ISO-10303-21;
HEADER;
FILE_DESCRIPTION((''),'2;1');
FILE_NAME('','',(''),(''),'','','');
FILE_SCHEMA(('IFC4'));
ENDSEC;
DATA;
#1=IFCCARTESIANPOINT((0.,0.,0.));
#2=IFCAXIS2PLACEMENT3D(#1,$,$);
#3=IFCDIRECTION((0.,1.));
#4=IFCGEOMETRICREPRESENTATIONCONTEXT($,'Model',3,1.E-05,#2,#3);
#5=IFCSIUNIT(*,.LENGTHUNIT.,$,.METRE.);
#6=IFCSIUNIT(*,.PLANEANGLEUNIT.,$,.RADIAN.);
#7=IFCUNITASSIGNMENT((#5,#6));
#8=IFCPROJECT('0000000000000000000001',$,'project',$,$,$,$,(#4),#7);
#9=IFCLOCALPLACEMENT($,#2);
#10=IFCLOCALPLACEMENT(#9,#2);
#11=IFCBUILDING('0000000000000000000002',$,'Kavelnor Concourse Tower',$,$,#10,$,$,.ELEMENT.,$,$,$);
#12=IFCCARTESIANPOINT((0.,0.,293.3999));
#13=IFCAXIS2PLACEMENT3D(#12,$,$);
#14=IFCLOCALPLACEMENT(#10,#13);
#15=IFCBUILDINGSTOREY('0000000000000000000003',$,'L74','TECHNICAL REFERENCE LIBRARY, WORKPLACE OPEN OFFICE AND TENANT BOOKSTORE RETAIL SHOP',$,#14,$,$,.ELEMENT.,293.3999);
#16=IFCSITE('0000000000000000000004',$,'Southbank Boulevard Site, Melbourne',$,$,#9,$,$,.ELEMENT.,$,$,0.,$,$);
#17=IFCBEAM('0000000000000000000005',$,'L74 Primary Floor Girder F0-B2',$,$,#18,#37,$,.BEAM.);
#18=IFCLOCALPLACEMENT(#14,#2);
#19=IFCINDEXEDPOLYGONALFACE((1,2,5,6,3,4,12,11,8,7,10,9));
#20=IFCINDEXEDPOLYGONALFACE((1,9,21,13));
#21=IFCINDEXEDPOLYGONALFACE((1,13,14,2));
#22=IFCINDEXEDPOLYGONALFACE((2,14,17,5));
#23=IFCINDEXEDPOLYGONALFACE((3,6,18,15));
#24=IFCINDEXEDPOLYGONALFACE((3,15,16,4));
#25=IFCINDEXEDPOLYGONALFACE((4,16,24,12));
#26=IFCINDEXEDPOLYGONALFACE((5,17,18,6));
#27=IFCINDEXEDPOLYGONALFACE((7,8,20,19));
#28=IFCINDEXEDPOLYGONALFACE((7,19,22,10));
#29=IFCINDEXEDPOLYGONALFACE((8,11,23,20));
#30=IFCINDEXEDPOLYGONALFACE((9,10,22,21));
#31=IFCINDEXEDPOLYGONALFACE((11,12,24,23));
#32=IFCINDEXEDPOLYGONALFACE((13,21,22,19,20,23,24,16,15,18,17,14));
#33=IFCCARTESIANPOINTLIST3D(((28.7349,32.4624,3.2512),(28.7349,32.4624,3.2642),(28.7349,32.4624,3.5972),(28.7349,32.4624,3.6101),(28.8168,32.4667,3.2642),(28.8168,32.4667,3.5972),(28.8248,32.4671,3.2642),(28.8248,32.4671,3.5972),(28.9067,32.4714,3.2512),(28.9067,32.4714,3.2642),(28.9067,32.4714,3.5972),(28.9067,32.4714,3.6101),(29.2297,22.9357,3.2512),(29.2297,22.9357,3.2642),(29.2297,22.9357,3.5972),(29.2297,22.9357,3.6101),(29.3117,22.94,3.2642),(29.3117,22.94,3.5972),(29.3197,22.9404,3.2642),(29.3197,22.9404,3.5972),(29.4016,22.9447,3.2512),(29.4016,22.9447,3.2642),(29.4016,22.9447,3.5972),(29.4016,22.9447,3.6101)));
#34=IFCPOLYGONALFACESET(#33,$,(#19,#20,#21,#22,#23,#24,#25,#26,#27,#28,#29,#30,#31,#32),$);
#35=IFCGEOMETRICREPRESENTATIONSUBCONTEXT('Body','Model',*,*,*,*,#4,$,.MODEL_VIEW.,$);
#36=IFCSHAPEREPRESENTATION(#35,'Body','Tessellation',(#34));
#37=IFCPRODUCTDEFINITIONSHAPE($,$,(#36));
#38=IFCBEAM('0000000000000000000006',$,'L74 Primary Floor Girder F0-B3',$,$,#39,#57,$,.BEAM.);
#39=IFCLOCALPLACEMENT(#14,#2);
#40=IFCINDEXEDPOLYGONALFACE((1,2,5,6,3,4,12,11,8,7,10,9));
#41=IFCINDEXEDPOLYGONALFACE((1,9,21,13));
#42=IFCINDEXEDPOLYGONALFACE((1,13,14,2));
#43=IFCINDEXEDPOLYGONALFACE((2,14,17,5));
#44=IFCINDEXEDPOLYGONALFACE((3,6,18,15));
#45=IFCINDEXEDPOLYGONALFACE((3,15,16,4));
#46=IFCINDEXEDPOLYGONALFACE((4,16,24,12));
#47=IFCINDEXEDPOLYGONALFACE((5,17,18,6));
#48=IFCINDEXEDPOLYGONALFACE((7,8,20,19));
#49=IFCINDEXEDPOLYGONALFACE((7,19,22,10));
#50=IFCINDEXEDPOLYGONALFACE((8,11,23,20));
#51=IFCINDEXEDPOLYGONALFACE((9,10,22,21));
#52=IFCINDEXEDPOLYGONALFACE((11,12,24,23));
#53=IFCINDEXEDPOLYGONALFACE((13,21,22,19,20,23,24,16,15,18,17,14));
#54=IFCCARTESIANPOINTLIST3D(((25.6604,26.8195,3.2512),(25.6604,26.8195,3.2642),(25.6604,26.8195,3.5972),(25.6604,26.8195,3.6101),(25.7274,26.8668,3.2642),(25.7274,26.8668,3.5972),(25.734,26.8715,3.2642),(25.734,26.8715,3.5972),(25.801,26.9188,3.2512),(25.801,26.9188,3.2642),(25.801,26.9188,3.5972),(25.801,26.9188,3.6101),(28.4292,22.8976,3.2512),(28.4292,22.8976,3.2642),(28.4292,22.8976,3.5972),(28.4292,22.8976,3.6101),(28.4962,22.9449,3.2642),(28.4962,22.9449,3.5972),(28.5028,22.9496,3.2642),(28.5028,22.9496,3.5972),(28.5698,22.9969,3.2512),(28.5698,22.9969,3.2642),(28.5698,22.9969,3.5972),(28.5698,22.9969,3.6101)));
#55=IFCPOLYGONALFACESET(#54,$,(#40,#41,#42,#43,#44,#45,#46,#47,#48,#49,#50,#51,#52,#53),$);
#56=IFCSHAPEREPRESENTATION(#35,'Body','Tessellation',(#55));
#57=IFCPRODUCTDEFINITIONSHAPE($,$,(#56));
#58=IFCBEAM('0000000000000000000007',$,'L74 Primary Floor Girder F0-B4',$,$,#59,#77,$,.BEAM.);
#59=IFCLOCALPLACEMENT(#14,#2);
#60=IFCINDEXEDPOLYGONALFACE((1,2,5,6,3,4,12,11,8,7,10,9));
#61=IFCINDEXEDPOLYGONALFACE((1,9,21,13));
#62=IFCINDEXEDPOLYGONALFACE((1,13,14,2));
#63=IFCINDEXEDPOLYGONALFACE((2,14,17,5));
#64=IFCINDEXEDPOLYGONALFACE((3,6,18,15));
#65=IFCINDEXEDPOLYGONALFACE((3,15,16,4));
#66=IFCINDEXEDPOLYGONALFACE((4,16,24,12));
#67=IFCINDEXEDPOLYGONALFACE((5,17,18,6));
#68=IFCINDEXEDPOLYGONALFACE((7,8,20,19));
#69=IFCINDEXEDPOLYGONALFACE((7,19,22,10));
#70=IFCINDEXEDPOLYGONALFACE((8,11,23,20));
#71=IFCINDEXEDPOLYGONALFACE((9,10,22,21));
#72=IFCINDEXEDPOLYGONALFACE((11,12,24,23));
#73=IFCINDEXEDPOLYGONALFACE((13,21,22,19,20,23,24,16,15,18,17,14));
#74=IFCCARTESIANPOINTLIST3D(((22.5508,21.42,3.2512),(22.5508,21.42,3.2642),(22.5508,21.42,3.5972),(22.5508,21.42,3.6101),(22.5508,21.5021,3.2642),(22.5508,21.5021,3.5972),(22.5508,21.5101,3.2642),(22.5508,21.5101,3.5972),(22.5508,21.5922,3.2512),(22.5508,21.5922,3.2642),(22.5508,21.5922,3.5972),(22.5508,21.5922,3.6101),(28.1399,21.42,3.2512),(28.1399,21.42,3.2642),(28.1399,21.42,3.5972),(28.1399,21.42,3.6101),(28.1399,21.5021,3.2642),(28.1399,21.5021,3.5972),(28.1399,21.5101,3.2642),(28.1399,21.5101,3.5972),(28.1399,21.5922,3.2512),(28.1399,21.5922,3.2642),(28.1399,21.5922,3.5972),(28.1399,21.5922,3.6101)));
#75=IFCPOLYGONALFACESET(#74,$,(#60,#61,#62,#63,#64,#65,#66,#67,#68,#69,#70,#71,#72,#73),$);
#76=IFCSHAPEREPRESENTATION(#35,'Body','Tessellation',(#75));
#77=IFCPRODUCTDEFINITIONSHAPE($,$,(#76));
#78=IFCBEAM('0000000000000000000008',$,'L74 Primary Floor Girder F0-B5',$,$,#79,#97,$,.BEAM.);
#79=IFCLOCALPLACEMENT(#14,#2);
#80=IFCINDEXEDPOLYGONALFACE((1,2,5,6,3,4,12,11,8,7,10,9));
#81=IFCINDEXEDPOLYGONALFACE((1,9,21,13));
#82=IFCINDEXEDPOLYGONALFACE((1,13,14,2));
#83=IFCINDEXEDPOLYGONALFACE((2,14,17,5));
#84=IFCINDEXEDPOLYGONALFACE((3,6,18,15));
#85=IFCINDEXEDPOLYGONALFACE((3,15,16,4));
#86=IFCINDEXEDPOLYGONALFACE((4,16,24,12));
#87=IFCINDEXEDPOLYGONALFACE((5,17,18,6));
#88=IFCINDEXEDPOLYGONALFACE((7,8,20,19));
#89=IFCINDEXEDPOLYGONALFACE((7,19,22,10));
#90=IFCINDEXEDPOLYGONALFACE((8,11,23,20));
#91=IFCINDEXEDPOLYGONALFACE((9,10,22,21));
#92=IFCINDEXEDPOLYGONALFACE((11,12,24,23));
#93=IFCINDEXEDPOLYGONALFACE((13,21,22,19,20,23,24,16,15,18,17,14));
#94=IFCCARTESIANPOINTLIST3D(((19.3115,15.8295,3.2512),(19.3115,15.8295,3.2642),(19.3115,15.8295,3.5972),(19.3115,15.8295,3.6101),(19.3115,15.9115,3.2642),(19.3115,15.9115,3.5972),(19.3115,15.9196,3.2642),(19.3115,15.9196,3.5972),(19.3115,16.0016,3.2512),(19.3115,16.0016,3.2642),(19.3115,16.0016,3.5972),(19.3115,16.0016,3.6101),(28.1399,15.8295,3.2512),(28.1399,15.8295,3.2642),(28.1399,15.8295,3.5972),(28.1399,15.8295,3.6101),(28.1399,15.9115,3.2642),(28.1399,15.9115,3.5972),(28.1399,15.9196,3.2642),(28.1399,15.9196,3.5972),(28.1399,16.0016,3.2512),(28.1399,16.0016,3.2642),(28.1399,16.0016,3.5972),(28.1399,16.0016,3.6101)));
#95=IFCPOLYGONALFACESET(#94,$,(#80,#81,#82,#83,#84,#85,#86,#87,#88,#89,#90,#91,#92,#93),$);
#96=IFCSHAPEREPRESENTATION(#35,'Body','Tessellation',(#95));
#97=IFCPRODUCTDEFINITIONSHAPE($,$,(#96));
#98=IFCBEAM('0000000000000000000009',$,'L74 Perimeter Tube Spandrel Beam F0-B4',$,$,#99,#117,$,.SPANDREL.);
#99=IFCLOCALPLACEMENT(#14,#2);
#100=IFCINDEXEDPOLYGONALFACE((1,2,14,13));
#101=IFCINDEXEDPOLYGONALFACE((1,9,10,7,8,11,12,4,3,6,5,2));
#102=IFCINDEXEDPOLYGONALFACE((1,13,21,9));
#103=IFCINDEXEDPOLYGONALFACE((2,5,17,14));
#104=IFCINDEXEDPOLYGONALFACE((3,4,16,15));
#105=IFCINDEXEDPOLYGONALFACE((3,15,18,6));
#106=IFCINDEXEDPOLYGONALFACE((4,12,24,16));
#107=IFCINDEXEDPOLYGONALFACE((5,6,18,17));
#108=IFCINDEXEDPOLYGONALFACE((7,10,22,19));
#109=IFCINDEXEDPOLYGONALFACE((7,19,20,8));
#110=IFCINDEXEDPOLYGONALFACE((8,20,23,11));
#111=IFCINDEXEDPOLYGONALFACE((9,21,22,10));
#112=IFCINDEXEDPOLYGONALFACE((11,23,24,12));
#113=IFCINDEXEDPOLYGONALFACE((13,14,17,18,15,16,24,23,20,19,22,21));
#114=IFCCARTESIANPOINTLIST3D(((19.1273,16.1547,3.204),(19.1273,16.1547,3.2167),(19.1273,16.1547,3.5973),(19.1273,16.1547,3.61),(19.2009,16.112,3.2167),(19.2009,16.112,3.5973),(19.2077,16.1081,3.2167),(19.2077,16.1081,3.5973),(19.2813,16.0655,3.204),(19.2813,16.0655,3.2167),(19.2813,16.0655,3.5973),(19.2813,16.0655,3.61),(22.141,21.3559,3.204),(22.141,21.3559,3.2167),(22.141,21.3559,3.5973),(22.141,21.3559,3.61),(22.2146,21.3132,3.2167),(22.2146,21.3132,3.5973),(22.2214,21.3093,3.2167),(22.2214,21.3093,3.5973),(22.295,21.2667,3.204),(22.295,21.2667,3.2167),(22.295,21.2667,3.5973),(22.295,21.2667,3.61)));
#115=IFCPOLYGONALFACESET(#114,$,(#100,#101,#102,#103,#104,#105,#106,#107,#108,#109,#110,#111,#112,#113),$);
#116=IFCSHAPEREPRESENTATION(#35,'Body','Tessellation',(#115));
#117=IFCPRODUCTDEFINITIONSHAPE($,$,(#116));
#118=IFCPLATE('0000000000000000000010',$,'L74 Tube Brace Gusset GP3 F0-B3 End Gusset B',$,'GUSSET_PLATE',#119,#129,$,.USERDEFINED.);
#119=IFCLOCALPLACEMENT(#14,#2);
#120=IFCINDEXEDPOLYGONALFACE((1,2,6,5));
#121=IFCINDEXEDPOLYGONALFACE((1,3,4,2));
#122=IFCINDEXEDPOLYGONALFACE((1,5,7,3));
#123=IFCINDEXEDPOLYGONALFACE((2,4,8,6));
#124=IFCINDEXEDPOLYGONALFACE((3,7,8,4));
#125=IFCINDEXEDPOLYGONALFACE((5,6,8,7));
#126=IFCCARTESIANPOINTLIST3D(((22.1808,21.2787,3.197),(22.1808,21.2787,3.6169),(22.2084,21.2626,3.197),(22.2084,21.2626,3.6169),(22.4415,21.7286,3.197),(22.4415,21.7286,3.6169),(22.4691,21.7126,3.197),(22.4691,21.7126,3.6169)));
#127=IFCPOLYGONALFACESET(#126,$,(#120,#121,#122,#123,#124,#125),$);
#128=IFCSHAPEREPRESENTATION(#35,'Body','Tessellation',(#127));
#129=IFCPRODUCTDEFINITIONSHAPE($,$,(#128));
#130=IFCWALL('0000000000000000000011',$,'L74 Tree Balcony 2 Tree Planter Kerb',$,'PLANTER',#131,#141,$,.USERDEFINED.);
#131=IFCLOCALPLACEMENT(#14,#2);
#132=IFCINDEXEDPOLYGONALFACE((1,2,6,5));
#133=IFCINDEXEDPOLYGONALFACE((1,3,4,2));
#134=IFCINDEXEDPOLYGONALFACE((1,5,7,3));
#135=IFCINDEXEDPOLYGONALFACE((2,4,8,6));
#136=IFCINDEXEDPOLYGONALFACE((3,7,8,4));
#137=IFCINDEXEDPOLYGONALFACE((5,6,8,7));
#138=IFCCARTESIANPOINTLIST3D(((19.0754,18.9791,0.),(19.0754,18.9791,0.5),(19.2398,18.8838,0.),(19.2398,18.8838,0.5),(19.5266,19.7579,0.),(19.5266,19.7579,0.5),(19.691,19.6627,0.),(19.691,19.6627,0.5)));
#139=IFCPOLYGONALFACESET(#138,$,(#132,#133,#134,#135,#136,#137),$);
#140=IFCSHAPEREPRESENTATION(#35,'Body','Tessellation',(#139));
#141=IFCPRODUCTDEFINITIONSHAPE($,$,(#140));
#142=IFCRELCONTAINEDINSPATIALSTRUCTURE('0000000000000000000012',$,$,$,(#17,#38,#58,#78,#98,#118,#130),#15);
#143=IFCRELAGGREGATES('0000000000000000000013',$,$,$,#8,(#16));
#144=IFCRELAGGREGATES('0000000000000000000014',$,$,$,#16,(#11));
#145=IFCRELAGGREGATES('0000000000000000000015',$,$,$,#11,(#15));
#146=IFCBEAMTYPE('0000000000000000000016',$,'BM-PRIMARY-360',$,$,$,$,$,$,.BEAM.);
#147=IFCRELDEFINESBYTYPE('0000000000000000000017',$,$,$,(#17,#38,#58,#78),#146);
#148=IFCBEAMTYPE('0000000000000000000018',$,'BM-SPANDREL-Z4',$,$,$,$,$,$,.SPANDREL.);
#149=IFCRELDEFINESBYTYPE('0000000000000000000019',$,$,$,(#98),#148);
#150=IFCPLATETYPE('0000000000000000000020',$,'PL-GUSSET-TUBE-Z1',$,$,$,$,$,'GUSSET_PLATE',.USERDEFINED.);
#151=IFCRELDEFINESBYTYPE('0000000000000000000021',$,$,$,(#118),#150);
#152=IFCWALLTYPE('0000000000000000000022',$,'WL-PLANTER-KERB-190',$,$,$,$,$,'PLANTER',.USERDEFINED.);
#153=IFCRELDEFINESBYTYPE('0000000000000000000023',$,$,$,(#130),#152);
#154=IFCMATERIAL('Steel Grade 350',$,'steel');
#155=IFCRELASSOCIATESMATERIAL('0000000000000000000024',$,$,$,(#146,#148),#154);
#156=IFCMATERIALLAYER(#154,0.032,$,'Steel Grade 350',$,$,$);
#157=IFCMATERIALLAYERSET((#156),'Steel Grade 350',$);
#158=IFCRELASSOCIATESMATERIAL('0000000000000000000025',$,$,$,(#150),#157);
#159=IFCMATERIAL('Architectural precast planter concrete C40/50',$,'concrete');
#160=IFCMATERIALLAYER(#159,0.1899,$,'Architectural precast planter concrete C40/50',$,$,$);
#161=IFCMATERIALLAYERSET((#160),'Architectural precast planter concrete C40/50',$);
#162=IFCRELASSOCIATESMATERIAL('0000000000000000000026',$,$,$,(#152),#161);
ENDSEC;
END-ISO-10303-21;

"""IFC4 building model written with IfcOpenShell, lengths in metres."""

from ifc_helpers import new_model, si_unit, direction, frame, frame_2d, origin, origin_2d, place, context, subcontext, project, spatial, rectangle, i_section, extrude, material, layer, layer_set, material_profile, profile_set, type_object, element, save


model = new_model("IFC4")

# Units and contexts
model_context = context("Model", 3, precision=1e-05, world=origin(), true_north=direction((0.0, 1.0)))
body_context = subcontext(model_context, "Body", "Model", "MODEL_VIEW")
ifc_project = project(units=[si_unit("LENGTHUNIT", "METRE"), si_unit("PLANEANGLEUNIT", "RADIAN")], contexts=[model_context])

# Site, building, storey
site_placement = place(None, origin())
site = spatial("IfcSite", under=ifc_project, at=site_placement, Name="Southbank Boulevard Site, Melbourne", CompositionType="ELEMENT", RefElevation=0.0)
building_placement = place(site_placement, origin())
building = spatial("IfcBuilding", under=site, at=building_placement, Name="Kavelnor Concourse Tower", CompositionType="ELEMENT")
storey_placement = place(building_placement, frame((0.0, 0.0, 293.3999)))
storey = spatial("IfcBuildingStorey", under=building, at=storey_placement, Name="L74", Description="TECHNICAL REFERENCE LIBRARY, WORKPLACE OPEN OFFICE AND TENANT BOOKSTORE RETAIL SHOP", CompositionType="ELEMENT", Elevation=293.3999)

# Shared definitions
ifc_material_1 = material(Name="Steel Grade 350", Category="steel")

# Beams
ifc_material_profile_1 = material_profile(ifc_material_1, i_section(OverallWidth=0.1721, OverallDepth=0.3589, WebThickness=0.0081, FlangeThickness=0.0129, at=origin_2d()), Name="360UB56")
ifc_profile_set_1 = profile_set([ifc_material_profile_1], Name="Steel Grade 350")
beam_type_1 = type_object("IfcBeamType", Name="BM-PRIMARY-360", PredefinedType="BEAM", material=ifc_profile_set_1)
beam_1_placement = place(storey_placement, frame((29.3157, 22.9402, 3.4307), z_axis=(-0.051876, 0.998654, 0.0), x_axis=(-0.998654, -0.051876, 0.0)))
element("IfcBeam", 1, at=beam_1_placement, inside=storey, type_object=beam_type_1, Name="L74 Primary Floor Girder F0-B2", PredefinedType="BEAM", context=body_context, shape_type="SweptSolid", body=[
    extrude(i_section(OverallWidth=0.1721, OverallDepth=0.3589, WebThickness=0.0081, FlangeThickness=0.0129, at=origin_2d()), origin(), (0.0, 0.0, 1.0), 9.5396),
])
beam_2_placement = place(storey_placement, frame((28.4995, 22.9473, 3.4307), z_axis=(-0.576741, 0.816927, 0.0), x_axis=(-0.816927, -0.576741, 0.0)))
element("IfcBeam", 2, at=beam_2_placement, inside=storey, type_object=beam_type_1, Name="L74 Primary Floor Girder F0-B3", PredefinedType="BEAM", context=body_context, shape_type="SweptSolid", body=[
    extrude(i_section(OverallWidth=0.1721, OverallDepth=0.3589, WebThickness=0.0081, FlangeThickness=0.0129, at=origin_2d()), origin(), (0.0, 0.0, 1.0), 4.8008),
])
beam_3_placement = place(storey_placement, frame((28.1399, 21.5061, 3.4307), z_axis=(-1.0, 0.0, 0.0), x_axis=(0.0, -1.0, 0.0)))
element("IfcBeam", 3, at=beam_3_placement, inside=storey, type_object=beam_type_1, Name="L74 Primary Floor Girder F0-B4", PredefinedType="BEAM", context=body_context, shape_type="SweptSolid", body=[
    extrude(i_section(OverallWidth=0.1721, OverallDepth=0.3589, WebThickness=0.0081, FlangeThickness=0.0129, at=origin_2d()), origin(), (0.0, 0.0, 1.0), 5.5891),
])
beam_4_placement = place(storey_placement, frame((28.1399, 15.9155, 3.4307), z_axis=(-1.0, 0.0, 0.0), x_axis=(0.0, -1.0, 0.0)))
element("IfcBeam", 4, at=beam_4_placement, inside=storey, type_object=beam_type_1, Name="L74 Primary Floor Girder F0-B5", PredefinedType="BEAM", context=body_context, shape_type="SweptSolid", body=[
    extrude(i_section(OverallWidth=0.1721, OverallDepth=0.3589, WebThickness=0.0081, FlangeThickness=0.0129, at=origin_2d()), origin(), (0.0, 0.0, 1.0), 8.8284),
])
ifc_material_profile_2 = material_profile(ifc_material_1, i_section(OverallWidth=0.178, OverallDepth=0.406, WebThickness=0.0078, FlangeThickness=0.0127, at=origin_2d()), Name="410UB59")
ifc_profile_set_2 = profile_set([ifc_material_profile_2], Name="Steel Grade 350")
beam_type_2 = type_object("IfcBeamType", Name="BM-SPANDREL-Z4", PredefinedType="SPANDREL", material=ifc_profile_set_2)
beam_5_placement = place(storey_placement, frame((22.218, 21.3113, 3.407), z_axis=(-0.501344, -0.865248, 0.0), x_axis=(0.865248, -0.501344, 0.0)))
element("IfcBeam", 5, at=beam_5_placement, inside=storey, type_object=beam_type_2, Name="L74 Perimeter Tube Spandrel Beam F0-B4", PredefinedType="SPANDREL", context=body_context, shape_type="SweptSolid", body=[
    extrude(i_section(OverallWidth=0.178, OverallDepth=0.406, WebThickness=0.0078, FlangeThickness=0.0127, at=origin_2d()), origin(), (0.0, 0.0, 1.0), 6.0112),
])

# Plate
ifc_layer_1 = layer(ifc_material_1, 0.032, Name="Steel Grade 350")
ifc_layer_set_1 = layer_set([ifc_layer_1], Name="Steel Grade 350")
plate_type = type_object("IfcPlateType", Name="PL-GUSSET-TUBE-Z1", ElementType="GUSSET_PLATE", PredefinedType="USERDEFINED", material=ifc_layer_set_1)
plate_placement = place(storey_placement, frame((22.325, 21.4956, 3.197), z_axis=(0.0, 0.0, 1.0), x_axis=(-0.50136, -0.865239, 0.0)))
element("IfcPlate", 6, at=plate_placement, inside=storey, type_object=plate_type, Name="L74 Tube Brace Gusset GP3 F0-B3 End Gusset B", ObjectType="GUSSET_PLATE", PredefinedType="USERDEFINED", context=body_context, shape_type="SweptSolid", body=[
    extrude(rectangle(XDim=0.52, YDim=0.032, at=origin_2d()), origin(), (0.0, 0.0, 1.0), 0.4199),
])

# Wall
ifc_material_2 = material(Name="Architectural precast planter concrete C40/50", Category="concrete")
ifc_layer_2 = layer(ifc_material_2, 0.1899, Name="Architectural precast planter concrete C40/50")
ifc_layer_set_2 = layer_set([ifc_layer_2], Name="Architectural precast planter concrete C40/50")
wall_type_1 = type_object("IfcWallType", Name="WL-PLANTER-KERB-190", ElementType="PLANTER", PredefinedType="USERDEFINED", material=ifc_layer_set_2)
wall_1_placement = place(storey_placement, frame((19.6089, 19.7104, 0.0), z_axis=(0.0, 0.0, 1.0), x_axis=(-0.501271, -0.86529, 0.0)))
element("IfcWall", 7, at=wall_1_placement, inside=storey, type_object=wall_type_1, Name="L74 Tree Balcony 2 Tree Planter Kerb", ObjectType="PLANTER", PredefinedType="USERDEFINED", context=body_context, shape_type="SweptSolid", body=[
    extrude(rectangle(XDim=0.9001, YDim=0.1899, at=frame_2d((0.4502, 0.0))), origin(), (0.0, 0.0, 1.0), 0.5),
])

save(model, "model.ifc")
